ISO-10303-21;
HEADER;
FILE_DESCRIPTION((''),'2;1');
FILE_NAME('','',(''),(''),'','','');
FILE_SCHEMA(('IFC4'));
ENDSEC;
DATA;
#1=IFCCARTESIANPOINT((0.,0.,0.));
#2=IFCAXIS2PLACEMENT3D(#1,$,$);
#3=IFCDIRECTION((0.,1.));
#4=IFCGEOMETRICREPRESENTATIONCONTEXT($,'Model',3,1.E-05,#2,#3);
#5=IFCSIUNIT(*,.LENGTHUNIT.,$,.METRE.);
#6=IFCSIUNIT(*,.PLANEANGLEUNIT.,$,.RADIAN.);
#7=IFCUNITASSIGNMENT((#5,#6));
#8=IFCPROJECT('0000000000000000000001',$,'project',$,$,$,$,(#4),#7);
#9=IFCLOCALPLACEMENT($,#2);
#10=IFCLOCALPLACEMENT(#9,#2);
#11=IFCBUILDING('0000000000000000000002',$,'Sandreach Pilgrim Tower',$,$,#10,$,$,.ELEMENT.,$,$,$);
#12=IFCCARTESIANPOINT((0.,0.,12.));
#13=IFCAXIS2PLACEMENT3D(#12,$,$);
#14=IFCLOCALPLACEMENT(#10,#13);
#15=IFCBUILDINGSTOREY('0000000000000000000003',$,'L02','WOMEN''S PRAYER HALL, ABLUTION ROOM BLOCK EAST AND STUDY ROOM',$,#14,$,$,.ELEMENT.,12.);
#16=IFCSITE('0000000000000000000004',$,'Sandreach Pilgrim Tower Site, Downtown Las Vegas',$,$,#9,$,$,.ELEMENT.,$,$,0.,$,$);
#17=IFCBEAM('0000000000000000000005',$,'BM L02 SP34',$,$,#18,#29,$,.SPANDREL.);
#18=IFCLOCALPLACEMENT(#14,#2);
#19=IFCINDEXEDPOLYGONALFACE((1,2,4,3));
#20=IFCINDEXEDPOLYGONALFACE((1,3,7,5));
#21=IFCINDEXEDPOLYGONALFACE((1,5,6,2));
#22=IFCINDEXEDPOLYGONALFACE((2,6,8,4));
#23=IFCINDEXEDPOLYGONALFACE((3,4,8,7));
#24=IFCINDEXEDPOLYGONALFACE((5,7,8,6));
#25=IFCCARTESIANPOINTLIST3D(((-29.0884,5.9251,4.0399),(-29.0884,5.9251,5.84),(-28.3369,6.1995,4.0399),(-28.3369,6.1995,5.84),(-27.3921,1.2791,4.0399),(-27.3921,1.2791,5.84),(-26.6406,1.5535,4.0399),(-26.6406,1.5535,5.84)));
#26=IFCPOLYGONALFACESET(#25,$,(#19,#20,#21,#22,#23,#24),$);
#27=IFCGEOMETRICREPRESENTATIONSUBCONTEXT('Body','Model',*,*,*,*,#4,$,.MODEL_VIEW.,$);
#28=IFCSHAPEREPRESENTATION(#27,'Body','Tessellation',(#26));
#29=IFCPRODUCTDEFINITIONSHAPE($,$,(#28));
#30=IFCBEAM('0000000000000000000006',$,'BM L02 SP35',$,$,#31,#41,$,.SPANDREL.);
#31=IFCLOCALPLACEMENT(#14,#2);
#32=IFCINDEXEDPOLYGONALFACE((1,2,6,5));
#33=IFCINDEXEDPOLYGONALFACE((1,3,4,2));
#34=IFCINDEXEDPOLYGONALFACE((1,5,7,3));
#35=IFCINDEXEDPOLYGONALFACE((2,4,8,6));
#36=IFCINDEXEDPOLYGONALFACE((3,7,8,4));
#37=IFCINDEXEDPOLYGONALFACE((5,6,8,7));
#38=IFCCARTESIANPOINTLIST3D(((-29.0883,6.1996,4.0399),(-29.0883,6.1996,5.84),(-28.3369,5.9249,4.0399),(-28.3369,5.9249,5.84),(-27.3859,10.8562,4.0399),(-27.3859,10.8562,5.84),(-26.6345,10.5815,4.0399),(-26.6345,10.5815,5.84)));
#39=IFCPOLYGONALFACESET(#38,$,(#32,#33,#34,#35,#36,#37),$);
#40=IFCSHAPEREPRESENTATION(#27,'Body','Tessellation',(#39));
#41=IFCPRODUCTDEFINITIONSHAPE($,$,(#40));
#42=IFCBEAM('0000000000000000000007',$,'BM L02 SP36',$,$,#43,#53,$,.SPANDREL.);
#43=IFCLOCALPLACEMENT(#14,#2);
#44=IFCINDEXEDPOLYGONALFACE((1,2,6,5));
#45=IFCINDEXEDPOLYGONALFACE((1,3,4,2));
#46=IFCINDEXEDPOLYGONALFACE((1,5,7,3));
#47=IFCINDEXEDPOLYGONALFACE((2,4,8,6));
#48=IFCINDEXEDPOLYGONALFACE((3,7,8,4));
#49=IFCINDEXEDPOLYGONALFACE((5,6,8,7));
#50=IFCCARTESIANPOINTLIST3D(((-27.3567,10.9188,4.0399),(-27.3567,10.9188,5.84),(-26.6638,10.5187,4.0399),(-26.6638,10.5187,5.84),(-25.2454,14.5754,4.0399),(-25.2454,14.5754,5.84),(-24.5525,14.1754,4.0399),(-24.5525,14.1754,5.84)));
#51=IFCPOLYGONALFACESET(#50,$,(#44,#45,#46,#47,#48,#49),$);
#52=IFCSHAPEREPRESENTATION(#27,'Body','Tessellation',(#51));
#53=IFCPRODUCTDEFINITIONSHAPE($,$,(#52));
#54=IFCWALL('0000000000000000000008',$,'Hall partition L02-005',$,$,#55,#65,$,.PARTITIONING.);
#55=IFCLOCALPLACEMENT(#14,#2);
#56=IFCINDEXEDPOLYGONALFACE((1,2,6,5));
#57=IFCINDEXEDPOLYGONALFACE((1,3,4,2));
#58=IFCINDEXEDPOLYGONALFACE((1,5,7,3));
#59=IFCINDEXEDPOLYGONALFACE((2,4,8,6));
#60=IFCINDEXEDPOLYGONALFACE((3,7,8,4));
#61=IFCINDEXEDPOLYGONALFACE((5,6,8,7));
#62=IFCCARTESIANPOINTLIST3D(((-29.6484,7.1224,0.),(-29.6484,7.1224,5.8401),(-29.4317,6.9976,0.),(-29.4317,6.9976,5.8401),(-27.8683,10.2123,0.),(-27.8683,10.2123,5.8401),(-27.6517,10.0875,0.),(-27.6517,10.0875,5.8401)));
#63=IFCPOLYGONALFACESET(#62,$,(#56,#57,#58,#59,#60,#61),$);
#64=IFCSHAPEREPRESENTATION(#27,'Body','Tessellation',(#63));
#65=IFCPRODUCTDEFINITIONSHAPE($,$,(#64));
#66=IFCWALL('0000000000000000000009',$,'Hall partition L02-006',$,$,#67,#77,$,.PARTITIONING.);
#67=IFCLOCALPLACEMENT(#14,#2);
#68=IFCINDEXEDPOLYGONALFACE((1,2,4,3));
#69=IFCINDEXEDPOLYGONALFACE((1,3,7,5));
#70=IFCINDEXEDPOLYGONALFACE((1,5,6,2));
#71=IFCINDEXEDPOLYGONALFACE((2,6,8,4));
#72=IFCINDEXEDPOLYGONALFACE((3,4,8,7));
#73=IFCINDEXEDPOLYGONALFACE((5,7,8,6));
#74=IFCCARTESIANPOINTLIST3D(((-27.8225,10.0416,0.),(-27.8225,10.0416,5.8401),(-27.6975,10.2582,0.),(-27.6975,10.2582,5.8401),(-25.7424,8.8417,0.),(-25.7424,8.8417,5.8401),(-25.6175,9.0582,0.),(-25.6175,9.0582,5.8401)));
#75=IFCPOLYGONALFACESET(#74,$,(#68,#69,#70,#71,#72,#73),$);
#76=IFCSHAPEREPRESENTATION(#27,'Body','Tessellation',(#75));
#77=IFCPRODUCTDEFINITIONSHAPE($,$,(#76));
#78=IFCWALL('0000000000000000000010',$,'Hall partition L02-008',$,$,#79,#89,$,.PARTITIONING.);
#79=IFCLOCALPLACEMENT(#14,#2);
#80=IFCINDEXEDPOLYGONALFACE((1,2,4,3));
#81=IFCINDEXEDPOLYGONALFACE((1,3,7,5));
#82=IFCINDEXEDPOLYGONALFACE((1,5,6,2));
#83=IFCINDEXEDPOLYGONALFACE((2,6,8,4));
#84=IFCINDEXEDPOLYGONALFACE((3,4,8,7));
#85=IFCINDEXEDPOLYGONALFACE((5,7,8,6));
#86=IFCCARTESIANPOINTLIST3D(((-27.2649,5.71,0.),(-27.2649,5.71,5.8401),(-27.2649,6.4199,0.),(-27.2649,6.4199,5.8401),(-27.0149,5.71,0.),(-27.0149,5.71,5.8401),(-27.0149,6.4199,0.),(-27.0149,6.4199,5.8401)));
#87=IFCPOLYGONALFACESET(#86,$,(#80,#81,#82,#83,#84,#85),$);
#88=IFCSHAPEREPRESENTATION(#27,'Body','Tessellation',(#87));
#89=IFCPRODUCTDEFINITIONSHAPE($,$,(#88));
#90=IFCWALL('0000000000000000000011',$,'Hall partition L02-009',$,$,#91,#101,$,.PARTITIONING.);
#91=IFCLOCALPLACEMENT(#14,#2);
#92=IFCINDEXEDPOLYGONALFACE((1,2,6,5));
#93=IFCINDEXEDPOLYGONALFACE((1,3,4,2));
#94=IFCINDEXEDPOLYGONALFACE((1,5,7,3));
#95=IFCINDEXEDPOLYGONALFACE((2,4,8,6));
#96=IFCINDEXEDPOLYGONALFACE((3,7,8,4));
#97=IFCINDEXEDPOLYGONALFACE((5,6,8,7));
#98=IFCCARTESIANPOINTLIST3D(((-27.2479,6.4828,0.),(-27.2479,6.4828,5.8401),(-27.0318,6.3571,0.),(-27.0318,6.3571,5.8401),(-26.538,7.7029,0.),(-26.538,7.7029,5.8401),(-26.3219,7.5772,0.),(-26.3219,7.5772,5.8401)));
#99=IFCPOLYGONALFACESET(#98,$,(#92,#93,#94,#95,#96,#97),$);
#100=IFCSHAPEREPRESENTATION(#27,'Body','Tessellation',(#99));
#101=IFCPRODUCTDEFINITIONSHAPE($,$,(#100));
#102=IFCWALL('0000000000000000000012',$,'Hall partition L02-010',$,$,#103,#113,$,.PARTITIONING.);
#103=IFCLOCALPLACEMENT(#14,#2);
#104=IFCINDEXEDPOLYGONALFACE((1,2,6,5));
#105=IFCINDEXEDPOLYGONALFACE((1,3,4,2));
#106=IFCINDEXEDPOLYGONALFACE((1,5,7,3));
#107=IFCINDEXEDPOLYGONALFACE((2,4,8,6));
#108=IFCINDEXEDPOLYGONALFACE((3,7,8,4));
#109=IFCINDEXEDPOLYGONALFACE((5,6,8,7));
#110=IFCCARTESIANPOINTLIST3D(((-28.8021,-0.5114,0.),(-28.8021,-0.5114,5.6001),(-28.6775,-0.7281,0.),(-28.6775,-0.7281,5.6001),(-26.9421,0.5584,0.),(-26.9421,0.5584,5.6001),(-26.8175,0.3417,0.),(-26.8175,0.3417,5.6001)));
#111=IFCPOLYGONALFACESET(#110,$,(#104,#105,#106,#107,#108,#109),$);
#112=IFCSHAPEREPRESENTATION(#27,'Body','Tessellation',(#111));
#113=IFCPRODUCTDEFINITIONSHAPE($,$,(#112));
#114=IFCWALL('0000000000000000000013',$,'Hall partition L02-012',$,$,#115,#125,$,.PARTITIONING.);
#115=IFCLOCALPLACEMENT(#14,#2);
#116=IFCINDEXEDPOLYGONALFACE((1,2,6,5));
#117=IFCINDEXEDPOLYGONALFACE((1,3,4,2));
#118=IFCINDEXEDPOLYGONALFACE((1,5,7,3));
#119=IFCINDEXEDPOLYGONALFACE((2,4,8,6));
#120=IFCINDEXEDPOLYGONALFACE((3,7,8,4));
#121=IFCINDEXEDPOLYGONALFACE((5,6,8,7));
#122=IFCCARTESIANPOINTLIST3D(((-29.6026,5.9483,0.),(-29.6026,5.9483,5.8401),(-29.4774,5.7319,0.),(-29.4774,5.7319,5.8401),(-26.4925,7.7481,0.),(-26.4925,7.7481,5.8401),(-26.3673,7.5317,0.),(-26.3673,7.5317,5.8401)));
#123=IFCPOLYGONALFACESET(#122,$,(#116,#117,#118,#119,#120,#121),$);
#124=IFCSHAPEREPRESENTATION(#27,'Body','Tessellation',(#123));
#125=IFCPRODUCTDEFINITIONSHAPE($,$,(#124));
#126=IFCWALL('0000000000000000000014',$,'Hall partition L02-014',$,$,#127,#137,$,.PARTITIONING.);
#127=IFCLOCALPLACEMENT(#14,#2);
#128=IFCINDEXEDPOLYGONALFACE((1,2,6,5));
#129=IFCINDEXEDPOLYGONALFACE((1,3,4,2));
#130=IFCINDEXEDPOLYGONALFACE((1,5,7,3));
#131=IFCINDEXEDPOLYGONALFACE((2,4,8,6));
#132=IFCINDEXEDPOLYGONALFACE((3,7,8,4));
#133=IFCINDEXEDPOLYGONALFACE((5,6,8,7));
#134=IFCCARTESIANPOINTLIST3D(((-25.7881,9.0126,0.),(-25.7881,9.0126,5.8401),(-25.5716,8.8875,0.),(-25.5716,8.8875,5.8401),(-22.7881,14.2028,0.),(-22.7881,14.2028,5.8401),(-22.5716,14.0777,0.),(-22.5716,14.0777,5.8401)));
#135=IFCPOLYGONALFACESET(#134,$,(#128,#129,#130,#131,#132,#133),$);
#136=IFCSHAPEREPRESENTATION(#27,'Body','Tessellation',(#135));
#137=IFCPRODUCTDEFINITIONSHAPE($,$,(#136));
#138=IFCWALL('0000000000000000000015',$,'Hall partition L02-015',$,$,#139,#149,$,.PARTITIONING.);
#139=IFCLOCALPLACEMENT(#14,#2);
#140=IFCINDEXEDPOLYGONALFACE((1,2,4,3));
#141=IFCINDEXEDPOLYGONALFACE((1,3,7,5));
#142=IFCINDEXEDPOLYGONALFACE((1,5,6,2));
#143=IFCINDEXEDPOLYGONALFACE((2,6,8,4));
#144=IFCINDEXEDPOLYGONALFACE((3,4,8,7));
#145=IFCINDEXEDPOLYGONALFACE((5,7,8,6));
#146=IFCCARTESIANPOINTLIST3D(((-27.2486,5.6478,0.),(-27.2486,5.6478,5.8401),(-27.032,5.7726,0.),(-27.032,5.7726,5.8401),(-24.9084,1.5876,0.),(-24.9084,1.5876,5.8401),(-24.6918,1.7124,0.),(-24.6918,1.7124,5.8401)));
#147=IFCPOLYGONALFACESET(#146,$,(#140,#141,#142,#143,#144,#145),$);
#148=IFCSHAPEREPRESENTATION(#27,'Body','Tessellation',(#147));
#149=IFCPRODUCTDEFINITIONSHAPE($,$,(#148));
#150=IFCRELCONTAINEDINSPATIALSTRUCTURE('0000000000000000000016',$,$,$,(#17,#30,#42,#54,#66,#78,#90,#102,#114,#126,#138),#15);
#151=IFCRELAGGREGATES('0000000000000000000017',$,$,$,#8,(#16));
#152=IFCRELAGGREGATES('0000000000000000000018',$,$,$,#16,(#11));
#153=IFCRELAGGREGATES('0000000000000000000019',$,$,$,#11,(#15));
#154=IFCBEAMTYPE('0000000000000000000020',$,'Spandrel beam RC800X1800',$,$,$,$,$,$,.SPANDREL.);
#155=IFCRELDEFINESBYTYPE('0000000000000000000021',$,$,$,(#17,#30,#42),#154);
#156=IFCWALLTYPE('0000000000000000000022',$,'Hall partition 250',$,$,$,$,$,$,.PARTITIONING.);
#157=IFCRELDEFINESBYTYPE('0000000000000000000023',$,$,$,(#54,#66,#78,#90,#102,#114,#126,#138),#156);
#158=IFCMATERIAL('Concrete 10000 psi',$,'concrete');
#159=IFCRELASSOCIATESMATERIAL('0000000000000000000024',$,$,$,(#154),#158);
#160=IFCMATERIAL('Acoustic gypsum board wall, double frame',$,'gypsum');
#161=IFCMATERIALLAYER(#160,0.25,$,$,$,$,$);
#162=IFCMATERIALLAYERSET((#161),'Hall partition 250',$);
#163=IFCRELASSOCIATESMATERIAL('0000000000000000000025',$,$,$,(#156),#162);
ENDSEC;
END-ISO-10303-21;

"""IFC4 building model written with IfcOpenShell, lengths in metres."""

from ifc_helpers import new_model, si_unit, direction, frame, frame_2d, origin, origin_2d, place, context, subcontext, project, spatial, rectangle, extrude, material, layer, layer_set, material_profile, profile_set, type_object, element, save


model = new_model("IFC4")

# Units and contexts
model_context = context("Model", 3, precision=1e-05, world=origin(), true_north=direction((0.0, 1.0)))
body_context = subcontext(model_context, "Body", "Model", "MODEL_VIEW")
ifc_project = project(units=[si_unit("LENGTHUNIT", "METRE"), si_unit("PLANEANGLEUNIT", "RADIAN")], contexts=[model_context])

# Site, building, storey
site_placement = place(None, origin())
site = spatial("IfcSite", under=ifc_project, at=site_placement, Name="Sandreach Pilgrim Tower Site, Downtown Las Vegas", CompositionType="ELEMENT", RefElevation=0.0)
building_placement = place(site_placement, origin())
building = spatial("IfcBuilding", under=site, at=building_placement, Name="Sandreach Pilgrim Tower", CompositionType="ELEMENT")
storey_placement = place(building_placement, frame((0.0, 0.0, 12.0)))
storey = spatial("IfcBuildingStorey", under=building, at=storey_placement, Name="L02", Description="WOMEN'S PRAYER HALL, ABLUTION ROOM BLOCK EAST AND STUDY ROOM", CompositionType="ELEMENT", Elevation=12.0)

# Beams
ifc_material_1 = material(Name="Concrete 10000 psi", Category="concrete")
ifc_material_profile_1 = material_profile(ifc_material_1, rectangle(XDim=0.8, YDim=1.8, at=origin_2d()), Name="RC800X1800")
ifc_profile_set_1 = profile_set([ifc_material_profile_1], Name="Concrete 10000 psi")
beam_type_1 = type_object("IfcBeamType", Name="Spandrel beam RC800X1800", PredefinedType="SPANDREL", material=ifc_profile_set_1)
beam_1_placement = place(storey_placement, frame((-27.0164, 1.4163, 4.9399), z_axis=(-0.342963, 0.939349, 0.0), x_axis=(-0.939349, -0.342963, 0.0)))
element("IfcBeam", 1, at=beam_1_placement, inside=storey, type_object=beam_type_1, Name="BM L02 SP34", PredefinedType="SPANDREL", context=body_context, shape_type="SweptSolid", body=[
    extrude(rectangle(XDim=0.8, YDim=1.8, at=origin_2d()), origin(), (0.0, 0.0, 1.0), 4.946),
])
beam_2_placement = place(storey_placement, frame((-28.7126, 6.0623, 4.9399), z_axis=(0.343368, 0.939201, 0.0), x_axis=(-0.939201, 0.343368, 0.0)))
element("IfcBeam", 2, at=beam_2_placement, inside=storey, type_object=beam_type_1, Name="BM L02 SP35", PredefinedType="SPANDREL", context=body_context, shape_type="SweptSolid", body=[
    extrude(rectangle(XDim=0.8, YDim=1.8, at=origin_2d()), origin(), (0.0, 0.0, 1.0), 4.958),
])
beam_3_placement = place(storey_placement, frame((-27.0103, 10.7188, 4.9399), z_axis=(0.500019, 0.866014, 0.0), x_axis=(-0.866014, 0.500019, 0.0)))
element("IfcBeam", 3, at=beam_3_placement, inside=storey, type_object=beam_type_1, Name="BM L02 SP36", PredefinedType="SPANDREL", context=body_context, shape_type="SweptSolid", body=[
    extrude(rectangle(XDim=0.8, YDim=1.8, at=origin_2d()), origin(), (0.0, 0.0, 1.0), 4.2224),
])

# Walls
ifc_material_2 = material(Name="Acoustic gypsum board wall, double frame", Category="gypsum")
ifc_layer = layer(ifc_material_2, 0.25)
ifc_layer_set = layer_set([ifc_layer], Name="Hall partition 250")
wall_type = type_object("IfcWallType", Name="Hall partition 250", PredefinedType="PARTITIONING", material=ifc_layer_set)
wall_1_placement = place(storey_placement, frame((-27.76, 10.1499, 0.0), z_axis=(0.0, 0.0, 1.0), x_axis=(-0.499181, -0.866498, 0.0)))
element("IfcWall", 4, at=wall_1_placement, inside=storey, type_object=wall_type, Name="Hall partition L02-005", PredefinedType="PARTITIONING", context=body_context, shape_type="SweptSolid", body=[
    extrude(rectangle(XDim=3.5659, YDim=0.25, at=frame_2d((1.783, 0.0))), origin(), (0.0, 0.0, 1.0), 5.8401),
])
wall_2_placement = place(storey_placement, frame((-27.76, 10.1499, 0.0), z_axis=(0.0, 0.0, 1.0), x_axis=(0.866203, -0.499693, 0.0)))
element("IfcWall", 5, at=wall_2_placement, inside=storey, type_object=wall_type, Name="Hall partition L02-006", PredefinedType="PARTITIONING", context=body_context, shape_type="SweptSolid", body=[
    extrude(rectangle(XDim=2.4014, YDim=0.25, at=frame_2d((1.2007, 0.0))), origin(), (0.0, 0.0, 1.0), 5.8401),
])
wall_3_placement = place(storey_placement, frame((-27.1399, 5.71, 0.0), z_axis=(0.0, 0.0, 1.0), x_axis=(0.0, 1.0, 0.0)))
element("IfcWall", 6, at=wall_3_placement, inside=storey, type_object=wall_type, Name="Hall partition L02-008", PredefinedType="PARTITIONING", context=body_context, shape_type="SweptSolid", body=[
    extrude(rectangle(XDim=0.71, YDim=0.25, at=frame_2d((0.355, 0.0))), origin(), (0.0, 0.0, 1.0), 5.8401),
])
wall_4_placement = place(storey_placement, frame((-27.1399, 6.4199, 0.0), z_axis=(0.0, 0.0, 1.0), x_axis=(0.502903, 0.864343, 0.0)))
element("IfcWall", 7, at=wall_4_placement, inside=storey, type_object=wall_type, Name="Hall partition L02-009", PredefinedType="PARTITIONING", context=body_context, shape_type="SweptSolid", body=[
    extrude(rectangle(XDim=1.4116, YDim=0.25, at=frame_2d((0.7058, 0.0))), origin(), (0.0, 0.0, 1.0), 5.8401),
])
wall_5_placement = place(storey_placement, frame((-26.8799, 0.45, 0.0), z_axis=(0.0, 0.0, 1.0), x_axis=(-0.866853, -0.498563, 0.0)))
element("IfcWall", 8, at=wall_5_placement, inside=storey, type_object=wall_type, Name="Hall partition L02-010", PredefinedType="PARTITIONING", context=body_context, shape_type="SweptSolid", body=[
    extrude(rectangle(XDim=2.1458, YDim=0.25, at=frame_2d((1.0728, 0.0))), origin(), (0.0, 0.0, 1.0), 5.6001),
])
wall_6_placement = place(storey_placement, frame((-26.4299, 7.6399, 0.0), z_axis=(0.0, 0.0, 1.0), x_axis=(-0.865521, -0.500873, 0.0)))
element("IfcWall", 9, at=wall_6_placement, inside=storey, type_object=wall_type, Name="Hall partition L02-012", PredefinedType="PARTITIONING", context=body_context, shape_type="SweptSolid", body=[
    extrude(rectangle(XDim=3.5933, YDim=0.25, at=frame_2d((1.7966, 0.0))), origin(), (0.0, 0.0, 1.0), 5.8401),
])
wall_7_placement = place(storey_placement, frame((-25.6799, 8.95, 0.0), z_axis=(0.0, 0.0, 1.0), x_axis=(0.500431, 0.865776, 0.0)))
element("IfcWall", 10, at=wall_7_placement, inside=storey, type_object=wall_type, Name="Hall partition L02-014", PredefinedType="PARTITIONING", context=body_context, shape_type="SweptSolid", body=[
    extrude(rectangle(XDim=5.9949, YDim=0.25, at=frame_2d((2.9976, 0.0))), origin(), (0.0, 0.0, 1.0), 5.8401),
])
wall_8_placement = place(storey_placement, frame((-24.8, 1.6499, 0.0), z_axis=(0.0, 0.0, 1.0), x_axis=(-0.499362, 0.866394, 0.0)))
element("IfcWall", 11, at=wall_8_placement, inside=storey, type_object=wall_type, Name="Hall partition L02-015", PredefinedType="PARTITIONING", context=body_context, shape_type="SweptSolid", body=[
    extrude(rectangle(XDim=4.6863, YDim=0.25, at=frame_2d((2.3433, 0.0))), origin(), (0.0, 0.0, 1.0), 5.8401),
])

save(model, "model.ifc")
